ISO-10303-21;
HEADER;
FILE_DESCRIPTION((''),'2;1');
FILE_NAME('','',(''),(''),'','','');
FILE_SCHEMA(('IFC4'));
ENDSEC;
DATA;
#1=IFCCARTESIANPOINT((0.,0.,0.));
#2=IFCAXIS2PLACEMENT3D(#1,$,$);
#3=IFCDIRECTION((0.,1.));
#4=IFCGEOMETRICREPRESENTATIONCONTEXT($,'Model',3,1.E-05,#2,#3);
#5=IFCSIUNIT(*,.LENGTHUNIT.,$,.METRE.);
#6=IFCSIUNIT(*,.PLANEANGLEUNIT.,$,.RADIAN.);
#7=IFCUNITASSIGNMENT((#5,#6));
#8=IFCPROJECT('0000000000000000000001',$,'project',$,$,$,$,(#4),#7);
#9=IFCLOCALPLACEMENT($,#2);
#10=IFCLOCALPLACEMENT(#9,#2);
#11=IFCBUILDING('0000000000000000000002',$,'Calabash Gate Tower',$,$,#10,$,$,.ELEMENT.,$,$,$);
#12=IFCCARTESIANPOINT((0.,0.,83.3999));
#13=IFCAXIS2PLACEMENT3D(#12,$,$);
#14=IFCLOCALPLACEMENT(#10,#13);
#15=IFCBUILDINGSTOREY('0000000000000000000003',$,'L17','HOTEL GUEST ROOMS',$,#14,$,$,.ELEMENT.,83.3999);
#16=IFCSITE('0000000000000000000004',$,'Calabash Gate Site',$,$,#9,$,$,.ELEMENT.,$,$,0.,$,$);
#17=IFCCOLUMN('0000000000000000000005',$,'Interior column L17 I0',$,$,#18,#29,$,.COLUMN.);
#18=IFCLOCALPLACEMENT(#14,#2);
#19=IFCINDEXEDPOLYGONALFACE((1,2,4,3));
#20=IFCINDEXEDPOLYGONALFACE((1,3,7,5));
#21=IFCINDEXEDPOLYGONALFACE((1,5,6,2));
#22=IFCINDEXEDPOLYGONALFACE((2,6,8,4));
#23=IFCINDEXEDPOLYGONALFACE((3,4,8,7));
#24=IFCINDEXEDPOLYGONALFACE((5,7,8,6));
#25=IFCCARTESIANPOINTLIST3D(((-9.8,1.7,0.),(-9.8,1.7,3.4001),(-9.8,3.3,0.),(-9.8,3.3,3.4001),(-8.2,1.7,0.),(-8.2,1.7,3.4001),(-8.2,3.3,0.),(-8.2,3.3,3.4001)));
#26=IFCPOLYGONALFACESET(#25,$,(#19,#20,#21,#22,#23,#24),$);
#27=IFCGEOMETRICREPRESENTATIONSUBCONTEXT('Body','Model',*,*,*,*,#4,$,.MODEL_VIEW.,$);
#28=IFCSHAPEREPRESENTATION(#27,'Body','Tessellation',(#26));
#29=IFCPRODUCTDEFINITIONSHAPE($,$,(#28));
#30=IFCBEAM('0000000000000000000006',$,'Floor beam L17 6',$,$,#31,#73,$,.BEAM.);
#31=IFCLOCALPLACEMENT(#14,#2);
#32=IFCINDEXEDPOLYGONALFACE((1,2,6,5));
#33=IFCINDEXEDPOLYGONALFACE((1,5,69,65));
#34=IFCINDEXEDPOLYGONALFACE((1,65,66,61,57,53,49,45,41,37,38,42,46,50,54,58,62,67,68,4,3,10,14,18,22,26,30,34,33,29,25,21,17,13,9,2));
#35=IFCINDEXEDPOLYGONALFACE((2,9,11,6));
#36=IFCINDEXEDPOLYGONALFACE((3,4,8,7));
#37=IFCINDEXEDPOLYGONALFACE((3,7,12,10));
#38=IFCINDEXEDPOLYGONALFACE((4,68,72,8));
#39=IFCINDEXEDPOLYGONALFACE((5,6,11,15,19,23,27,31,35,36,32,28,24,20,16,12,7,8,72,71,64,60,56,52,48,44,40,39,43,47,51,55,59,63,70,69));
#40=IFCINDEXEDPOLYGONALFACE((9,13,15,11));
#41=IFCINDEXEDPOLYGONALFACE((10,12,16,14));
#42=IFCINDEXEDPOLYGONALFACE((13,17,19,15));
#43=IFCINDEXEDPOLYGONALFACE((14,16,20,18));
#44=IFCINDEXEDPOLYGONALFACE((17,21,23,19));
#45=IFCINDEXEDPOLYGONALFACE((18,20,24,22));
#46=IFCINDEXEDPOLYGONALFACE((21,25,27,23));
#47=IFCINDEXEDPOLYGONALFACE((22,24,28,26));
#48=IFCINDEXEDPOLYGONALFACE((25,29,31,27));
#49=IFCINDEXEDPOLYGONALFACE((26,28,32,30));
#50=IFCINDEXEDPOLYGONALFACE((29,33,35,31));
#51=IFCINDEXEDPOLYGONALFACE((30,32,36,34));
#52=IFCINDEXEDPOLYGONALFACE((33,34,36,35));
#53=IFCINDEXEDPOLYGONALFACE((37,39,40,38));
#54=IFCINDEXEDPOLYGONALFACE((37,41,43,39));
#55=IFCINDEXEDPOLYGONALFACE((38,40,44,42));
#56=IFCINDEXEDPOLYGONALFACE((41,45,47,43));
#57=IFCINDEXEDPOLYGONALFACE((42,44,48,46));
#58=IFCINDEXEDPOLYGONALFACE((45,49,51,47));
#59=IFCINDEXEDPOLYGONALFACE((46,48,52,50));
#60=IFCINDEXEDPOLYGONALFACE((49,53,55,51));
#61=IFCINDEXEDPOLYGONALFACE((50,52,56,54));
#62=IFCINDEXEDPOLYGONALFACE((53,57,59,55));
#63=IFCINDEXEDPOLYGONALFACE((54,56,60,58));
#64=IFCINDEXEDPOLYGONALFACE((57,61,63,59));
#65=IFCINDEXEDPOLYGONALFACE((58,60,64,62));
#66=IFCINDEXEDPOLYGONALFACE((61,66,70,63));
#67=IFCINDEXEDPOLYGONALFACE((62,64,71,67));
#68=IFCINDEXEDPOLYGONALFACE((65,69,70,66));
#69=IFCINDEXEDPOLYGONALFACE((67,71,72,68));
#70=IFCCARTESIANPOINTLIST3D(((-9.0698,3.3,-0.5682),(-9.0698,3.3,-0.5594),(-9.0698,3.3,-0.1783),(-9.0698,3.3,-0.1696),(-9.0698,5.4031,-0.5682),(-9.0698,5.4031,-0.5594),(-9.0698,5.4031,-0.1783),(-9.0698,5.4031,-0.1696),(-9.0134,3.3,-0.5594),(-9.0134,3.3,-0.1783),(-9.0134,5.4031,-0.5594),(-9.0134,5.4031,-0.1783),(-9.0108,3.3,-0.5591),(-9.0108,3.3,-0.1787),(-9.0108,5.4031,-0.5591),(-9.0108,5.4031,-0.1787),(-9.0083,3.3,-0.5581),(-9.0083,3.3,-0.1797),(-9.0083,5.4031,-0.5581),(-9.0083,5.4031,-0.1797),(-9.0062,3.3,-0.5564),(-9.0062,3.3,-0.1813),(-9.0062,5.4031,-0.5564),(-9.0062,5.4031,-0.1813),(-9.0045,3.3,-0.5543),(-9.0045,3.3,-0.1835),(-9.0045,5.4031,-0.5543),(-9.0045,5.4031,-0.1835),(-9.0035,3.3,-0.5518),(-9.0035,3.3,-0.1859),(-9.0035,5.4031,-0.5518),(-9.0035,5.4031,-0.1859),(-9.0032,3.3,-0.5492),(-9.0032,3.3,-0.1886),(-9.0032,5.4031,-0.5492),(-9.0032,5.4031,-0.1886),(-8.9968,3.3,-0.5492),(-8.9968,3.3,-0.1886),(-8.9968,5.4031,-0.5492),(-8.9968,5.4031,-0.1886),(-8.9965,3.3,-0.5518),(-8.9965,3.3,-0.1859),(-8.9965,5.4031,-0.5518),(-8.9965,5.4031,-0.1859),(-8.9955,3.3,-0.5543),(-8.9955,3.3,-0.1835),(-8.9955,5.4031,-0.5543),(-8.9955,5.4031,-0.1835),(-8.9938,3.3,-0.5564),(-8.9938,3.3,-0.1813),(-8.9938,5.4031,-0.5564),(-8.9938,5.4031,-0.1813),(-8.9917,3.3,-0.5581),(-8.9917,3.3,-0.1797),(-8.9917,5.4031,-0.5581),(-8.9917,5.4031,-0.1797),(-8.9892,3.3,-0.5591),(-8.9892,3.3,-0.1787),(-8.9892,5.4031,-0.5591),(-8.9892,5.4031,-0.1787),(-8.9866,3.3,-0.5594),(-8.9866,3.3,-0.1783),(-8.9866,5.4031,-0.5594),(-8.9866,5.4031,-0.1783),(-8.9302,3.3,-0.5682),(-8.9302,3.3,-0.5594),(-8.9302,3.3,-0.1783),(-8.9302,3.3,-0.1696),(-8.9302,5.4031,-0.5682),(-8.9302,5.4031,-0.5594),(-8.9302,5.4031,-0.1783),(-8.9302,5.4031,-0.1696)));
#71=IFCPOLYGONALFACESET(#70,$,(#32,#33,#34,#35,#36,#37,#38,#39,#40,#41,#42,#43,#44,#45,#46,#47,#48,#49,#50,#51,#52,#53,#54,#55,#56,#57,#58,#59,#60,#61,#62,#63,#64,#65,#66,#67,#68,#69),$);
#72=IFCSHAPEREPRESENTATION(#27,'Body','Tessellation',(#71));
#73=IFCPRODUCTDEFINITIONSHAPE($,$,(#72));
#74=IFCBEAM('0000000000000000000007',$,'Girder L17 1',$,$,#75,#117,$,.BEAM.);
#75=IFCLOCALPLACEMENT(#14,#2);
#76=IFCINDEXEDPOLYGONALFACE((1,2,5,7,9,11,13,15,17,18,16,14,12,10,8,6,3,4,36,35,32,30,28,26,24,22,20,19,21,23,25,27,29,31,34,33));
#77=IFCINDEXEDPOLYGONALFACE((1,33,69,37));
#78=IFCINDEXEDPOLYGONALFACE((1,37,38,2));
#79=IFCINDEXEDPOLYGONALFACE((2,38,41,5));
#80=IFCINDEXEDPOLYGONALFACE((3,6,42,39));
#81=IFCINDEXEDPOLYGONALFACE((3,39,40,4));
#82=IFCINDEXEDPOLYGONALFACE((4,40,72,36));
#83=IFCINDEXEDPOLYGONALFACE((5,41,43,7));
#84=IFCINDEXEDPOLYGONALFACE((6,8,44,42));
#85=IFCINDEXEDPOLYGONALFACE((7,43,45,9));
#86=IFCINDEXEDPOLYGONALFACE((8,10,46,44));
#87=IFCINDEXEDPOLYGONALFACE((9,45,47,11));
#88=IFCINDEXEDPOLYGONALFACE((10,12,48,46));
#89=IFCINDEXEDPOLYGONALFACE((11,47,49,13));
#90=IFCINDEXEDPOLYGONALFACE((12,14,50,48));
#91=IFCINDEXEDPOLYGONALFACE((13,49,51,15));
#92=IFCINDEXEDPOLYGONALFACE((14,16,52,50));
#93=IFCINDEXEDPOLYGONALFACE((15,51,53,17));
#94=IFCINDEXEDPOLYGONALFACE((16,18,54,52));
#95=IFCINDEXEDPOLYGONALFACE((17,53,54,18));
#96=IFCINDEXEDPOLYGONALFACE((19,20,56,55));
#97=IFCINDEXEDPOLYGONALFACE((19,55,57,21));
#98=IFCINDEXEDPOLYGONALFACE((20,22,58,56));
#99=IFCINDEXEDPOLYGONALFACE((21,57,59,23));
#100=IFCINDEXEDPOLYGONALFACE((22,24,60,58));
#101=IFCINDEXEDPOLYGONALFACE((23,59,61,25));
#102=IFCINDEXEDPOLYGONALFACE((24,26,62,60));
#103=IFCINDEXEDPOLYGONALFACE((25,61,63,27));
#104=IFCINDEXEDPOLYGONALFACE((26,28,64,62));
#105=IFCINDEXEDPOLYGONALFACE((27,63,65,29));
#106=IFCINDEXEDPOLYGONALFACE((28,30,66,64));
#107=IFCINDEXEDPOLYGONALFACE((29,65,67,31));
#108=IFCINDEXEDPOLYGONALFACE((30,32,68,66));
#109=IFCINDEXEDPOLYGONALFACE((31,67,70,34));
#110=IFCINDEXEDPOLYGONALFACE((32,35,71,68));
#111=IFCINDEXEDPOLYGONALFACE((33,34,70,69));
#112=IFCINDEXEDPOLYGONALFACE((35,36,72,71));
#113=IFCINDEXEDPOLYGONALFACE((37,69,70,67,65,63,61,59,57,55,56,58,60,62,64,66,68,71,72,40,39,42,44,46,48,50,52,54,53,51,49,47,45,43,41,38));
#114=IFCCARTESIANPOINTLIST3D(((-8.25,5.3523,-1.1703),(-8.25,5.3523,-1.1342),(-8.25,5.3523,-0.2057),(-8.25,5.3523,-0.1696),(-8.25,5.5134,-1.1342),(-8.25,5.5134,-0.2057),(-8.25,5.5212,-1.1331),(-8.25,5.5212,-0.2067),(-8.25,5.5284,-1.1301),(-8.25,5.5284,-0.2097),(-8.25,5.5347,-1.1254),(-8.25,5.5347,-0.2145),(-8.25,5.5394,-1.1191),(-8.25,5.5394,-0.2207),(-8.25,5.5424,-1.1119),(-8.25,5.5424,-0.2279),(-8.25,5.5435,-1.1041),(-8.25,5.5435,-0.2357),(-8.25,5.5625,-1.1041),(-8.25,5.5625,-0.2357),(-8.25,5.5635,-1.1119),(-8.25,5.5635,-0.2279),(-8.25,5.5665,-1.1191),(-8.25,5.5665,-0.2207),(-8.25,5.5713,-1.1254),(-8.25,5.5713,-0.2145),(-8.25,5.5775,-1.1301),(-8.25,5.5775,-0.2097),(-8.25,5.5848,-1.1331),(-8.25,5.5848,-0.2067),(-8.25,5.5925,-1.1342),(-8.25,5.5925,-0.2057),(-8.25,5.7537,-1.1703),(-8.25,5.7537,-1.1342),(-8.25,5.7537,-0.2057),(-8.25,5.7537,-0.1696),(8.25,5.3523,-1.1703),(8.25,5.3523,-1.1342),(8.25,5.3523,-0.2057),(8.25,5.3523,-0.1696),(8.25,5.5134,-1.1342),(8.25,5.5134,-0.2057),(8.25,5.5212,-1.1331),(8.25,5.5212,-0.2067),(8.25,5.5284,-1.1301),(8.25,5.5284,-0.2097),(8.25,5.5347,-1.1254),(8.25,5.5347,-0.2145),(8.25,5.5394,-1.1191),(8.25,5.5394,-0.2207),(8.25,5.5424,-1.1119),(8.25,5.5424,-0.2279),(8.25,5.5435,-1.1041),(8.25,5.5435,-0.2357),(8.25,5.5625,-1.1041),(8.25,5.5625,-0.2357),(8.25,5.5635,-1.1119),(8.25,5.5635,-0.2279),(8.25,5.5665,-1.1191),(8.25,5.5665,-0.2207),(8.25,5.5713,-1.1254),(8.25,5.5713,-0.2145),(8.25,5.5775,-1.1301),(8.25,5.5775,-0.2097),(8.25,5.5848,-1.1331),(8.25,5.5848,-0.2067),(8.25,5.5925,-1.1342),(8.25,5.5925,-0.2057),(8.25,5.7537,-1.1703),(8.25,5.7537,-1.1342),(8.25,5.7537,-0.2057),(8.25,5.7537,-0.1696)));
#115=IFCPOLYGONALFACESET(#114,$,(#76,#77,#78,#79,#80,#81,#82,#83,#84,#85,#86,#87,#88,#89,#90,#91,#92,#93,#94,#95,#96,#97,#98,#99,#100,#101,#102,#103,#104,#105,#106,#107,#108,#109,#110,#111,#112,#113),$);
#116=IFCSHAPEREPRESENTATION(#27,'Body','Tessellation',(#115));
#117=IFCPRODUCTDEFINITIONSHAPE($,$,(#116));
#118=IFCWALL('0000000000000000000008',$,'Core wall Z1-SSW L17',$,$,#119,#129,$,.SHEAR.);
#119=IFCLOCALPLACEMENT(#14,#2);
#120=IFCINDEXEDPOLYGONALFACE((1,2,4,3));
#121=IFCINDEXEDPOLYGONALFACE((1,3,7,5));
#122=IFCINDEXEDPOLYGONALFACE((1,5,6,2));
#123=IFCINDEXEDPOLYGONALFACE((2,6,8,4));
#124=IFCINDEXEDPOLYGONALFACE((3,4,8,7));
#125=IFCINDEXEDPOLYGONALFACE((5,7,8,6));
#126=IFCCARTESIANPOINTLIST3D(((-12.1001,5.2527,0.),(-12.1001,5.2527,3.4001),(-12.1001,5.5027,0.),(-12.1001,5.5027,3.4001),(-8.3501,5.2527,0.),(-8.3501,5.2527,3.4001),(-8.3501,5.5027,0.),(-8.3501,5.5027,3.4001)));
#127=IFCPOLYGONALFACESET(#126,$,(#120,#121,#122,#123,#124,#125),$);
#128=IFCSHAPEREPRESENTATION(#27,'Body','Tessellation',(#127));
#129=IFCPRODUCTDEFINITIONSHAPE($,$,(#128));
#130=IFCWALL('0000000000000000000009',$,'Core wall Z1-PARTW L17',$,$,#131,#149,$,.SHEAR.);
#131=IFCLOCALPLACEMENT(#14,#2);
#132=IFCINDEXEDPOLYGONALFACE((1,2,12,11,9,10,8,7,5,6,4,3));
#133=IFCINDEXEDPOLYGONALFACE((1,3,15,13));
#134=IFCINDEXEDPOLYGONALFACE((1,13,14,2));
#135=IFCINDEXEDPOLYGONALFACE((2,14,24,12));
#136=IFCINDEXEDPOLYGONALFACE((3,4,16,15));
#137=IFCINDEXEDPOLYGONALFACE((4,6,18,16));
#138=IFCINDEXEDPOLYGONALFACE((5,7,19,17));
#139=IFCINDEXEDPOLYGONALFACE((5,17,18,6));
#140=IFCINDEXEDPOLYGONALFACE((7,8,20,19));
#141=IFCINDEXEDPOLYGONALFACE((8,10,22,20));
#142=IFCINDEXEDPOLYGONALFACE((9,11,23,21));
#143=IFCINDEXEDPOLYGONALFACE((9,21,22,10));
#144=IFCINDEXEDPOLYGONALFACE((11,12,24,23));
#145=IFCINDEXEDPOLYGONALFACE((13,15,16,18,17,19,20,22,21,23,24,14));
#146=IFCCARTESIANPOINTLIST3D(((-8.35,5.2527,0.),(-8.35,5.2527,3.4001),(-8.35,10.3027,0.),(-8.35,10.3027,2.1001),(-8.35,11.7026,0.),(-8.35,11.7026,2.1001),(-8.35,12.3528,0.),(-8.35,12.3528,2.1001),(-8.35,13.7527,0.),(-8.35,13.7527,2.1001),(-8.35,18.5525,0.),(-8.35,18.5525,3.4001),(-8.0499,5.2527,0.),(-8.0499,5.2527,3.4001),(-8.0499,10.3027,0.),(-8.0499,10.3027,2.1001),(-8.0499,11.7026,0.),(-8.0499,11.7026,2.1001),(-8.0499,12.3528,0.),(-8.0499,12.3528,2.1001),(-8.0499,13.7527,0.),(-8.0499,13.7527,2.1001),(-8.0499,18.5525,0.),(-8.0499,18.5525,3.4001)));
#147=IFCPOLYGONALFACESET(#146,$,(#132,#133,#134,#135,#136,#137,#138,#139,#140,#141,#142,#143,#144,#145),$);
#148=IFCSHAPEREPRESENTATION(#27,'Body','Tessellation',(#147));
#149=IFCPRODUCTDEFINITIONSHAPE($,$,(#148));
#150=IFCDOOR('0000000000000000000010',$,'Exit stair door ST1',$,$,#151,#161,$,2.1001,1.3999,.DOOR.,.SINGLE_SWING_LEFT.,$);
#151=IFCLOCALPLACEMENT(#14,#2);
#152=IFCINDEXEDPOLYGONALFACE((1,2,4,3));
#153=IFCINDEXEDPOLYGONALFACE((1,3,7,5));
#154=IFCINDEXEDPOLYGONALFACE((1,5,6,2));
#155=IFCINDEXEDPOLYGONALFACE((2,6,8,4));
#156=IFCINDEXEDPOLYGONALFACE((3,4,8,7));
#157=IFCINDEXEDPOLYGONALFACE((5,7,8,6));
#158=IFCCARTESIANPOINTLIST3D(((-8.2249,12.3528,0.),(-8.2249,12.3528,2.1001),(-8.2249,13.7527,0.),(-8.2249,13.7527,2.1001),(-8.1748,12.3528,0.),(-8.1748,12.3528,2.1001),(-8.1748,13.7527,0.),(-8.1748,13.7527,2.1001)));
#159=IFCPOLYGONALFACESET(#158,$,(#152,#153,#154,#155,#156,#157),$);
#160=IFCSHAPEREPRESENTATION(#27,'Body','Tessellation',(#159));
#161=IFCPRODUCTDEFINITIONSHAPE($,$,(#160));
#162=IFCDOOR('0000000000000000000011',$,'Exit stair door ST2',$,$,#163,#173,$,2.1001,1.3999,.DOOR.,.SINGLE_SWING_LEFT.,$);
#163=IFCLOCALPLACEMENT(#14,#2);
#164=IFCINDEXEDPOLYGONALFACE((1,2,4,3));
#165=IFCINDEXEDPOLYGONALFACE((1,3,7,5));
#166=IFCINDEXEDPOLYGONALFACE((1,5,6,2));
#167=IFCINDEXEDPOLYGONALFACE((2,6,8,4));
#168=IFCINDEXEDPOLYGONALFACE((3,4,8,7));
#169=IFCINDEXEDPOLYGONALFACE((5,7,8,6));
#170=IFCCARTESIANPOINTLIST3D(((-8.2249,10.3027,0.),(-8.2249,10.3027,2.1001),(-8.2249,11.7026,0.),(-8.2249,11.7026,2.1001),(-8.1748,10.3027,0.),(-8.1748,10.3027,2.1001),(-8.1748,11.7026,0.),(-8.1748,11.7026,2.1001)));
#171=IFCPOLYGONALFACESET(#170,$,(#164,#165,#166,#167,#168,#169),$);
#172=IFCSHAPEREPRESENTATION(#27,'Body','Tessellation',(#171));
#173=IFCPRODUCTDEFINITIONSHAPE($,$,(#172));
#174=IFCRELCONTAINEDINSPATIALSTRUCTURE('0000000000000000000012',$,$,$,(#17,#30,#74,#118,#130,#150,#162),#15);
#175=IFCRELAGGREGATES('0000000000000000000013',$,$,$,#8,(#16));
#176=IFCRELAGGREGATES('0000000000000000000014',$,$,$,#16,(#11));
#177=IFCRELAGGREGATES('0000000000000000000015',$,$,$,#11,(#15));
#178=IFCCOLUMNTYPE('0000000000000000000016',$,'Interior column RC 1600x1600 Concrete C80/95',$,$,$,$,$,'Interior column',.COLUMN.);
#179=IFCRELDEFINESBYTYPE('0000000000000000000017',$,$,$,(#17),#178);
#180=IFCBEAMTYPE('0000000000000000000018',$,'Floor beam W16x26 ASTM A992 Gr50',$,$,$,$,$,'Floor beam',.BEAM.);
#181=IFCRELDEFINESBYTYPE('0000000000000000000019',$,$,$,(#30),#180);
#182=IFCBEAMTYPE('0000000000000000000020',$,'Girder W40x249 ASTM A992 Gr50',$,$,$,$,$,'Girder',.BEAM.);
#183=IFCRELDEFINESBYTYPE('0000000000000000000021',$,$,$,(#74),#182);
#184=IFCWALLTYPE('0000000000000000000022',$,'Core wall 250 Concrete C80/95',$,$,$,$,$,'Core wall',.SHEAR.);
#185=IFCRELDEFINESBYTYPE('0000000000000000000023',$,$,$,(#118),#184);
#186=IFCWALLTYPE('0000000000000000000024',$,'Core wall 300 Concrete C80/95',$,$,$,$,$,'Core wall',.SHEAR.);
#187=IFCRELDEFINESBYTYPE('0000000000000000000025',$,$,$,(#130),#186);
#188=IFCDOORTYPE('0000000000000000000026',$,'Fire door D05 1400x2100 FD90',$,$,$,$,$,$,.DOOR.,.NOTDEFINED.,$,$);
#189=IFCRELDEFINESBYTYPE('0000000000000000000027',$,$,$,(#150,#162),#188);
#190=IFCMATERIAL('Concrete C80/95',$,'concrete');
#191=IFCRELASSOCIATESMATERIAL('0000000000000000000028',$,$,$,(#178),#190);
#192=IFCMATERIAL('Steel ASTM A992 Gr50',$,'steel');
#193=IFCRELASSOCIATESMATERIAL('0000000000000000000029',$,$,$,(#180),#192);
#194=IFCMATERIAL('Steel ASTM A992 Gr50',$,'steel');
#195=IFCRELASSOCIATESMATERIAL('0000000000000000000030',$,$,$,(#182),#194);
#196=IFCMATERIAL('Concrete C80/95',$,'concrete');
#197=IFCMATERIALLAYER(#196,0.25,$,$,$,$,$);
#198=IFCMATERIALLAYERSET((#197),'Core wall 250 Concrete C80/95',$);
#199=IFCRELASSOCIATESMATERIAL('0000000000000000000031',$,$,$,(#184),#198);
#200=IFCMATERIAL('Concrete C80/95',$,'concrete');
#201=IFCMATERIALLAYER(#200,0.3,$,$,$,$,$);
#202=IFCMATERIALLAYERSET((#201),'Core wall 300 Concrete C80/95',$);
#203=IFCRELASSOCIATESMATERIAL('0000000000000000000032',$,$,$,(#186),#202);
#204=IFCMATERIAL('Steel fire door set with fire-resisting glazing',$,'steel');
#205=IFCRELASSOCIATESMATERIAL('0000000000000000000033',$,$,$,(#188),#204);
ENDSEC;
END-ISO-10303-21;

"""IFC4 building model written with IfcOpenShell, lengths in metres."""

from ifc_helpers import new_model, si_unit, direction, frame, frame_2d, origin, origin_2d, place, context, subcontext, project, spatial, rectangle, i_section, extrude, material, layer, layer_set, material_profile, profile_set, type_object, element, fill, save


model = new_model("IFC4")

# Units and contexts
model_context = context("Model", 3, precision=1e-05, world=origin(), true_north=direction((0.0, 1.0)))
body_context = subcontext(model_context, "Body", "Model", "MODEL_VIEW")
ifc_project = project(units=[si_unit("LENGTHUNIT", "METRE"), si_unit("PLANEANGLEUNIT", "RADIAN")], contexts=[model_context])

# Site, building, storey
site_placement = place(None, origin())
site = spatial("IfcSite", under=ifc_project, at=site_placement, Name="Calabash Gate Site", CompositionType="ELEMENT", RefElevation=0.0)
building_placement = place(site_placement, origin())
building = spatial("IfcBuilding", under=site, at=building_placement, Name="Calabash Gate Tower", CompositionType="ELEMENT")
storey_placement = place(building_placement, frame((0.0, 0.0, 83.3999)))
storey = spatial("IfcBuildingStorey", under=building, at=storey_placement, Name="L17", Description="HOTEL GUEST ROOMS", CompositionType="ELEMENT", Elevation=83.3999)

# Column
ifc_material_1 = material(Name="Concrete C80/95", Category="concrete")
ifc_material_profile_1 = material_profile(ifc_material_1, rectangle(XDim=1.6001, YDim=1.6001, at=origin_2d()))
ifc_profile_set_1 = profile_set([ifc_material_profile_1], Name="Concrete C80/95")
column_type = type_object("IfcColumnType", Name="Interior column RC 1600x1600 Concrete C80/95", ElementType="Interior column", PredefinedType="COLUMN", material=ifc_profile_set_1)
column_placement = place(storey_placement, frame((-9.0, 2.5, 0.0), z_axis=(0.0, 0.0, 1.0), x_axis=(1.0, 0.0, 0.0)))
element("IfcColumn", 1, at=column_placement, inside=storey, type_object=column_type, Name="Interior column L17 I0", PredefinedType="COLUMN", context=body_context, shape_type="SweptSolid", body=[
    extrude(rectangle(XDim=1.6001, YDim=1.6001, at=origin_2d()), origin(), (0.0, 0.0, 1.0), 3.4001),
])

# Beams
ifc_material_2 = material(Name="Steel ASTM A992 Gr50", Category="steel")
ifc_material_profile_2 = material_profile(ifc_material_2, i_section(OverallWidth=0.1396, OverallDepth=0.3987, WebThickness=0.0063, FlangeThickness=0.0088, FilletRadius=0.0103, at=origin_2d()))
ifc_profile_set_2 = profile_set([ifc_material_profile_2], Name="Steel ASTM A992 Gr50")
beam_type_1 = type_object("IfcBeamType", Name="Floor beam W16x26 ASTM A992 Gr50", ElementType="Floor beam", PredefinedType="BEAM", material=ifc_profile_set_2)
beam_1_placement = place(storey_placement, frame((-9.0, 3.3, -0.3689), z_axis=(0.0, 1.0, 0.0), x_axis=(-1.0, 0.0, 0.0)))
element("IfcBeam", 2, at=beam_1_placement, inside=storey, type_object=beam_type_1, Name="Floor beam L17 6", PredefinedType="BEAM", context=body_context, shape_type="SweptSolid", body=[
    extrude(i_section(OverallWidth=0.1396, OverallDepth=0.3987, WebThickness=0.0063, FlangeThickness=0.0088, FilletRadius=0.0103, at=origin_2d()), origin(), (0.0, 0.0, 1.0), 2.103),
])
ifc_material_3 = material(Name="Steel ASTM A992 Gr50", Category="steel")
ifc_material_profile_3 = material_profile(ifc_material_3, i_section(OverallWidth=0.4014, OverallDepth=1.0007, WebThickness=0.019, FlangeThickness=0.0361, FilletRadius=0.03, at=origin_2d()))
ifc_profile_set_3 = profile_set([ifc_material_profile_3], Name="Steel ASTM A992 Gr50")
beam_type_2 = type_object("IfcBeamType", Name="Girder W40x249 ASTM A992 Gr50", ElementType="Girder", PredefinedType="BEAM", material=ifc_profile_set_3)
beam_2_placement = place(storey_placement, frame((-8.25, 5.553, -0.6699), z_axis=(1.0, 0.0, 0.0), x_axis=(0.0, 1.0, 0.0)))
element("IfcBeam", 3, at=beam_2_placement, inside=storey, type_object=beam_type_2, Name="Girder L17 1", PredefinedType="BEAM", context=body_context, shape_type="SweptSolid", body=[
    extrude(i_section(OverallWidth=0.4014, OverallDepth=1.0007, WebThickness=0.019, FlangeThickness=0.0361, FilletRadius=0.03, at=origin_2d()), origin(), (0.0, 0.0, 1.0), 16.5),
])

# Wall
ifc_material_4 = material(Name="Concrete C80/95", Category="concrete")
ifc_layer_1 = layer(ifc_material_4, 0.25)
ifc_layer_set_1 = layer_set([ifc_layer_1], Name="Core wall 250 Concrete C80/95")
wall_type_1 = type_object("IfcWallType", Name="Core wall 250 Concrete C80/95", ElementType="Core wall", PredefinedType="SHEAR", material=ifc_layer_set_1)
wall_1_placement = place(storey_placement, frame((-12.1001, 5.3777, 0.0), z_axis=(0.0, 0.0, 1.0), x_axis=(1.0, 0.0, 0.0)))
element("IfcWall", 4, at=wall_1_placement, inside=storey, type_object=wall_type_1, Name="Core wall Z1-SSW L17", PredefinedType="SHEAR", context=body_context, shape_type="SweptSolid", body=[
    extrude(rectangle(XDim=3.75, YDim=0.25, at=frame_2d((1.875, 0.0))), origin(), (0.0, 0.0, 1.0), 3.4001),
])

# Wall, openings, doors
ifc_material_5 = material(Name="Concrete C80/95", Category="concrete")
ifc_layer_2 = layer(ifc_material_5, 0.3)
ifc_layer_set_2 = layer_set([ifc_layer_2], Name="Core wall 300 Concrete C80/95")
wall_type_2 = type_object("IfcWallType", Name="Core wall 300 Concrete C80/95", ElementType="Core wall", PredefinedType="SHEAR", material=ifc_layer_set_2)
wall_2_placement = place(storey_placement, frame((-8.2, 5.2527, 0.0), z_axis=(0.0, 0.0, 1.0), x_axis=(0.0, 1.0, 0.0)))
wall_2 = element("IfcWall", 5, at=wall_2_placement, inside=storey, type_object=wall_type_2, Name="Core wall Z1-PARTW L17", PredefinedType="SHEAR", context=body_context, shape_type="SweptSolid", body=[
    extrude(rectangle(XDim=13.2998, YDim=0.3, at=frame_2d((6.6499, 0.0))), origin(), (0.0, 0.0, 1.0), 3.4001),
])
opening_1_placement = place(wall_2_placement, frame((7.1001, 0.0, 0.0)))
opening_1 = element("IfcOpeningElement", 6, at=opening_1_placement, cuts=wall_2, PredefinedType="OPENING", context=body_context, shape_type="SweptSolid", body=[
    extrude(rectangle(XDim=1.3999, YDim=2.1001, at=frame_2d((0.7, 1.05))), frame((0.0, 0.1599, 0.0), z_axis=(0.0, -1.0, 0.0), x_axis=(1.0, 0.0, 0.0)), (0.0, 0.0, 1.0), 0.3201),
])
opening_2_placement = place(wall_2_placement, frame((5.05, 0.0, 0.0)))
opening_2 = element("IfcOpeningElement", 7, at=opening_2_placement, cuts=wall_2, PredefinedType="OPENING", context=body_context, shape_type="SweptSolid", body=[
    extrude(rectangle(XDim=1.3999, YDim=2.1001, at=frame_2d((0.7, 1.05))), frame((0.0, 0.1599, 0.0), z_axis=(0.0, -1.0, 0.0), x_axis=(1.0, 0.0, 0.0)), (0.0, 0.0, 1.0), 0.3201),
])
ifc_material_6 = material(Name="Steel fire door set with fire-resisting glazing", Category="steel")
door_type_1 = type_object("IfcDoorType", Name="Fire door D05 1400x2100 FD90", OperationType="NOTDEFINED", PredefinedType="DOOR", material=ifc_material_6)
door_1_placement = place(opening_1_placement, origin())
door_1 = element("IfcDoor", 8, at=door_1_placement, inside=storey, type_object=door_type_1, Name="Exit stair door ST1", OperationType="SINGLE_SWING_LEFT", OverallHeight=2.1001, OverallWidth=1.3999, PredefinedType="DOOR", context=body_context, shape_type="SweptSolid", body=[
    extrude(rectangle(XDim=1.3999, YDim=2.1001, at=frame_2d((0.7, 1.05))), frame((0.0, 0.0249, 0.0), z_axis=(0.0, -1.0, 0.0), x_axis=(1.0, 0.0, 0.0)), (0.0, 0.0, 1.0), 0.05),
])
fill(opening_1, door_1)
door_2_placement = place(opening_2_placement, origin())
door_2 = element("IfcDoor", 9, at=door_2_placement, inside=storey, type_object=door_type_1, Name="Exit stair door ST2", OperationType="SINGLE_SWING_LEFT", OverallHeight=2.1001, OverallWidth=1.3999, PredefinedType="DOOR", context=body_context, shape_type="SweptSolid", body=[
    extrude(rectangle(XDim=1.3999, YDim=2.1001, at=frame_2d((0.7, 1.05))), frame((0.0, 0.0249, 0.0), z_axis=(0.0, -1.0, 0.0), x_axis=(1.0, 0.0, 0.0)), (0.0, 0.0, 1.0), 0.05),
])
fill(opening_2, door_2)

save(model, "model.ifc")
